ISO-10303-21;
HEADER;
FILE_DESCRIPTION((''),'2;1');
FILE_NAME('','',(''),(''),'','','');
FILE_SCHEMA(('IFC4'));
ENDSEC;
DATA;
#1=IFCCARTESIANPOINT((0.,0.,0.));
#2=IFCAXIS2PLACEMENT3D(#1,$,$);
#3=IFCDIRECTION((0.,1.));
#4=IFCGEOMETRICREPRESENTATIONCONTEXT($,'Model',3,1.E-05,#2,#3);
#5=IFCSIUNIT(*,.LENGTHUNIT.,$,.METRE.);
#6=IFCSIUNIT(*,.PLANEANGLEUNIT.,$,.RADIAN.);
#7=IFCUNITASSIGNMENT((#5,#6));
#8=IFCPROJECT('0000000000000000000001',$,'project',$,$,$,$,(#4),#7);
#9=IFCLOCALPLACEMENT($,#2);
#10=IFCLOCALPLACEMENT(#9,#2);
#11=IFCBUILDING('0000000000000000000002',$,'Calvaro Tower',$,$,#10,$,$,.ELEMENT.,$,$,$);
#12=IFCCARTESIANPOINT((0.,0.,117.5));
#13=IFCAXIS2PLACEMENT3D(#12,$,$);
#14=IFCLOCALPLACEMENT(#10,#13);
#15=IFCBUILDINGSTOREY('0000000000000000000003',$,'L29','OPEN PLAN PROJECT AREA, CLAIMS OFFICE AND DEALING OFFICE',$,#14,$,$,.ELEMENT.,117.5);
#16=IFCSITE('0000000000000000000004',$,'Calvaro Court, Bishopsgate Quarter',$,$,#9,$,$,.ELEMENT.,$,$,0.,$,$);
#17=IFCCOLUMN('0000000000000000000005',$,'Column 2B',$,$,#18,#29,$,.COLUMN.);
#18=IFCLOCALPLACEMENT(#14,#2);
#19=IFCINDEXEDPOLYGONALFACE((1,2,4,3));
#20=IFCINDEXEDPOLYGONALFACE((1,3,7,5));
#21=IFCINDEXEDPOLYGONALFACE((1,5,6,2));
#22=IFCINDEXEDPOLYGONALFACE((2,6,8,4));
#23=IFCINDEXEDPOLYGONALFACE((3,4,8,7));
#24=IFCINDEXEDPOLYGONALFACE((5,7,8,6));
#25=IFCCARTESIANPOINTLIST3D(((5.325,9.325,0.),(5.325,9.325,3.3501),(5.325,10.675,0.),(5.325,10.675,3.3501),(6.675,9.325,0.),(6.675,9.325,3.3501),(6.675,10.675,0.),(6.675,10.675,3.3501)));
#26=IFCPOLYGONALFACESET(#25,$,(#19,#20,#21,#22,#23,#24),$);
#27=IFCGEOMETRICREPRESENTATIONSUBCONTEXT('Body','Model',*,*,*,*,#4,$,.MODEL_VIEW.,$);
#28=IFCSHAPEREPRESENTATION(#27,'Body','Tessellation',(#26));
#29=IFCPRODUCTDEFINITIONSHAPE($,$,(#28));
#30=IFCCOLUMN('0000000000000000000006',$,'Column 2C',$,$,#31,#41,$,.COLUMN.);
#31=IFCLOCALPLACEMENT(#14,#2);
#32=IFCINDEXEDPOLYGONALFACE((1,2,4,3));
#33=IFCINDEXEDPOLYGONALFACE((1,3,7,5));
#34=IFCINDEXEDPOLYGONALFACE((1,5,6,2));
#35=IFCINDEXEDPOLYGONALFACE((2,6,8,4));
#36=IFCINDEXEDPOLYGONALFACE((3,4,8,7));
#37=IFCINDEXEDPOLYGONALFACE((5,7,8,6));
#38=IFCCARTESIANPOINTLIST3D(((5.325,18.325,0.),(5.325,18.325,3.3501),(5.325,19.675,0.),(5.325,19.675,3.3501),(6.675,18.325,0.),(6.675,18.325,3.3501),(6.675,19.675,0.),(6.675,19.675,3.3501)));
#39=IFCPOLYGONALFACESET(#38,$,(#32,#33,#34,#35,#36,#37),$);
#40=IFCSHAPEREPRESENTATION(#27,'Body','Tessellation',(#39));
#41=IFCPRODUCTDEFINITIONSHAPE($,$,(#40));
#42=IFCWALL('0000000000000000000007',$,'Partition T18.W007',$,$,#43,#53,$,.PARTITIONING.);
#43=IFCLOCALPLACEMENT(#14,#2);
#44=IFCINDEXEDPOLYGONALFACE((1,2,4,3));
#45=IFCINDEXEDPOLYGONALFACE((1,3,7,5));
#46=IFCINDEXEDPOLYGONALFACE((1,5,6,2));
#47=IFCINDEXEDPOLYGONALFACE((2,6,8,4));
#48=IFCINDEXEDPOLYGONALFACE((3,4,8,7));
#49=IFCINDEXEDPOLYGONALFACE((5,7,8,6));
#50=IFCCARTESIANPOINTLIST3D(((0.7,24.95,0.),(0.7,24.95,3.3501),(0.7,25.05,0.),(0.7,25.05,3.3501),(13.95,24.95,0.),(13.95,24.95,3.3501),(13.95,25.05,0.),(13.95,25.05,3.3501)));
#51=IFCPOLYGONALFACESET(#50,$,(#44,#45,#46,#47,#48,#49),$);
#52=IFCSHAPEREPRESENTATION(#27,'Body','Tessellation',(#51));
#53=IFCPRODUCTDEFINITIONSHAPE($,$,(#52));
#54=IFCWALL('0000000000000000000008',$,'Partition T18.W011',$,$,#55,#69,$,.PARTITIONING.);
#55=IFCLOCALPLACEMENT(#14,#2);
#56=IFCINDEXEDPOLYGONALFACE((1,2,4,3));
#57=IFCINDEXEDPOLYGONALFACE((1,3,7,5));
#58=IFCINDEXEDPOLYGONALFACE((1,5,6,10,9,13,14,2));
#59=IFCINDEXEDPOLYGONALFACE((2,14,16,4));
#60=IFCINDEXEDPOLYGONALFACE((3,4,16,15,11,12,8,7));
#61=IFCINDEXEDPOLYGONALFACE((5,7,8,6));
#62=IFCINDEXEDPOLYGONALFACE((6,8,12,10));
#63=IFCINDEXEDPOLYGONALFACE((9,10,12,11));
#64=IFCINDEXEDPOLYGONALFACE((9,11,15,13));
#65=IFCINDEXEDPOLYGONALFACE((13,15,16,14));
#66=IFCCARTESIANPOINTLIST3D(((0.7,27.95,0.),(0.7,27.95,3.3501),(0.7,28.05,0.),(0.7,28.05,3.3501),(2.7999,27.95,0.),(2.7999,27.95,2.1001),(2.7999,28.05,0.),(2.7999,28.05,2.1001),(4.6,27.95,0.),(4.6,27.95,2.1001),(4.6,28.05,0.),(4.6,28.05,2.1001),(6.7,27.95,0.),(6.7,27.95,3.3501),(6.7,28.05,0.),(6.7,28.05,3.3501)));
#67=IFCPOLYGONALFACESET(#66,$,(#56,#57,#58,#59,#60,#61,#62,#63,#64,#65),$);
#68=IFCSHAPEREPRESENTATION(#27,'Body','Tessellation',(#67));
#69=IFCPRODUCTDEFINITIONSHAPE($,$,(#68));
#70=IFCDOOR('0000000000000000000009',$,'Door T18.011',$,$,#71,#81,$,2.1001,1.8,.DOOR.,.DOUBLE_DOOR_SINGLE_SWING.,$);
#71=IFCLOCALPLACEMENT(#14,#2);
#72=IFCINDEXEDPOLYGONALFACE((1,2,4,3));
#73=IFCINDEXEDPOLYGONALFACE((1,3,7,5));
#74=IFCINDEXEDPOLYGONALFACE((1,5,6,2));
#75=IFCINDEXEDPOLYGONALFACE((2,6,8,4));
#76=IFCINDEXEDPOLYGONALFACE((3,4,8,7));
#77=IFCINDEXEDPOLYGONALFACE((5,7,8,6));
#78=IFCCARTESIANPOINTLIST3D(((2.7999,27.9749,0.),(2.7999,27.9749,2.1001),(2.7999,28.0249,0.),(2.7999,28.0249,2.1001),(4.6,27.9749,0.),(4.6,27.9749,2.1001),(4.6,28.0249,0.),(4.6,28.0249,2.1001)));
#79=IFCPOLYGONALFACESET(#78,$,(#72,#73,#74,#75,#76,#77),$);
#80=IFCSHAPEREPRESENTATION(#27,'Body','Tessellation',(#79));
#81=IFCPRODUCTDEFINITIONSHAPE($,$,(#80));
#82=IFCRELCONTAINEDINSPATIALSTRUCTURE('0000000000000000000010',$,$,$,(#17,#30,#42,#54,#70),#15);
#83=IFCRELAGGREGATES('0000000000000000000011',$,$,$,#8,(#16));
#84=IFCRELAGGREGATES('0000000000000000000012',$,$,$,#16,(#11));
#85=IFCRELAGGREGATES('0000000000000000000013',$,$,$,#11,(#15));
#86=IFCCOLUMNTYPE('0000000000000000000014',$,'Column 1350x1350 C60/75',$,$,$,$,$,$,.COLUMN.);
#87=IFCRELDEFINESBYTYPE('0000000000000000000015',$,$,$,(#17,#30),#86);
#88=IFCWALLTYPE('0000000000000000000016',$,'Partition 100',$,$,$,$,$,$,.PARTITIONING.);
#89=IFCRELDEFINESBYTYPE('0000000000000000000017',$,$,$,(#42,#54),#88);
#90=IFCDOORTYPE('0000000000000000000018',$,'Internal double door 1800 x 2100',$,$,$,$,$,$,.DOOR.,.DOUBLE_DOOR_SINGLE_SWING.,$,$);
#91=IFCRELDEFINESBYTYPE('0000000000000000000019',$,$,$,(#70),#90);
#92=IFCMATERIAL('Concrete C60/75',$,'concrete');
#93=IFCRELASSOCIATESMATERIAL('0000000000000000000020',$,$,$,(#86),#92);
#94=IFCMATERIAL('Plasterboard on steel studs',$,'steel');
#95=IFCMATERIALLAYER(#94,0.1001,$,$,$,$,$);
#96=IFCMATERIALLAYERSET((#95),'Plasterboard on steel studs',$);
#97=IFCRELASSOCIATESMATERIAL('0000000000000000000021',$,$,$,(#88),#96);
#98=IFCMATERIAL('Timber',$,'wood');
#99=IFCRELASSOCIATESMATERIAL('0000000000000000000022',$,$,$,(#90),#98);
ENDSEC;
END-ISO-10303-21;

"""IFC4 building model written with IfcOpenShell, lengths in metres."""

from ifc_helpers import new_model, si_unit, direction, frame, frame_2d, origin, origin_2d, place, context, subcontext, project, spatial, rectangle, extrude, material, layer, layer_set, material_profile, profile_set, type_object, element, fill, save


model = new_model("IFC4")

# Units and contexts
model_context = context("Model", 3, precision=1e-05, world=origin(), true_north=direction((0.0, 1.0)))
body_context = subcontext(model_context, "Body", "Model", "MODEL_VIEW")
ifc_project = project(units=[si_unit("LENGTHUNIT", "METRE"), si_unit("PLANEANGLEUNIT", "RADIAN")], contexts=[model_context])

# Site, building, storey
site_placement = place(None, origin())
site = spatial("IfcSite", under=ifc_project, at=site_placement, Name="Calvaro Court, Bishopsgate Quarter", CompositionType="ELEMENT", RefElevation=0.0)
building_placement = place(site_placement, origin())
building = spatial("IfcBuilding", under=site, at=building_placement, Name="Calvaro Tower", CompositionType="ELEMENT")
storey_placement = place(building_placement, frame((0.0, 0.0, 117.5)))
storey = spatial("IfcBuildingStorey", under=building, at=storey_placement, Name="L29", Description="OPEN PLAN PROJECT AREA, CLAIMS OFFICE AND DEALING OFFICE", CompositionType="ELEMENT", Elevation=117.5)

# Columns
ifc_material_1 = material(Name="Concrete C60/75", Category="concrete")
ifc_material_profile = material_profile(ifc_material_1, rectangle(XDim=1.3501, YDim=1.3501, at=origin_2d()), Name="RC 1350x1350")
ifc_profile_set = profile_set([ifc_material_profile], Name="Concrete C60/75")
column_type = type_object("IfcColumnType", Name="Column 1350x1350 C60/75", PredefinedType="COLUMN", material=ifc_profile_set)
for number, where, z_axis, x_axis, name in (
    (1, (6.0, 10.0, 0.0), (0.0, 0.0, 1.0), (1.0, 0.0, 0.0), "Column 2B"),
    (2, (6.0, 19.0, 0.0), (0.0, 0.0, 1.0), (1.0, 0.0, 0.0), "Column 2C"),
):
    element("IfcColumn", number, at=place(storey_placement, frame(where, z_axis=z_axis, x_axis=x_axis)), inside=storey, type_object=column_type, Name=name, PredefinedType="COLUMN", context=body_context, shape_type="SweptSolid", body=[
        extrude(rectangle(XDim=1.3501, YDim=1.3501, at=origin_2d()), origin(), (0.0, 0.0, 1.0), 3.3501),
    ])

# Wall
ifc_material_2 = material(Name="Plasterboard on steel studs", Category="steel")
ifc_layer_1 = layer(ifc_material_2, 0.1001)
ifc_layer_set_1 = layer_set([ifc_layer_1], Name="Plasterboard on steel studs")
wall_type_1 = type_object("IfcWallType", Name="Partition 100", PredefinedType="PARTITIONING", material=ifc_layer_set_1)
wall_1_placement = place(storey_placement, frame((0.7, 25.0, 0.0), z_axis=(0.0, 0.0, 1.0), x_axis=(1.0, 0.0, 0.0)))
element("IfcWall", 3, at=wall_1_placement, inside=storey, type_object=wall_type_1, Name="Partition T18.W007", PredefinedType="PARTITIONING", context=body_context, shape_type="SweptSolid", body=[
    extrude(rectangle(XDim=13.25, YDim=0.1001, at=frame_2d((6.625, 0.0))), origin(), (0.0, 0.0, 1.0), 3.3501),
])

# Wall, opening, door
wall_2_placement = place(storey_placement, frame((0.7, 28.0, 0.0), z_axis=(0.0, 0.0, 1.0), x_axis=(1.0, 0.0, 0.0)))
wall_2 = element("IfcWall", 4, at=wall_2_placement, inside=storey, type_object=wall_type_1, Name="Partition T18.W011", PredefinedType="PARTITIONING", context=body_context, shape_type="SweptSolid", body=[
    extrude(rectangle(XDim=6.0, YDim=0.1001, at=frame_2d((3.0, 0.0))), origin(), (0.0, 0.0, 1.0), 3.3501),
])
opening_1_placement = place(wall_2_placement, frame((2.1001, 0.0, 0.0)))
opening_1 = element("IfcOpeningElement", 5, at=opening_1_placement, cuts=wall_2, PredefinedType="OPENING", context=body_context, shape_type="SweptSolid", body=[
    extrude(rectangle(XDim=1.8, YDim=2.1001, at=frame_2d((0.8999, 1.05))), frame((0.0, 0.0601, 0.0), z_axis=(0.0, -1.0, 0.0), x_axis=(1.0, 0.0, 0.0)), (0.0, 0.0, 1.0), 0.1201),
])
ifc_material_3 = material(Name="Timber", Category="wood")
door_type_1 = type_object("IfcDoorType", Name="Internal double door 1800 x 2100", OperationType="DOUBLE_DOOR_SINGLE_SWING", PredefinedType="DOOR", material=ifc_material_3)
door_1_placement = place(opening_1_placement, origin())
door_1 = element("IfcDoor", 6, at=door_1_placement, inside=storey, type_object=door_type_1, Name="Door T18.011", OperationType="DOUBLE_DOOR_SINGLE_SWING", OverallHeight=2.1001, OverallWidth=1.8, PredefinedType="DOOR", context=body_context, shape_type="SweptSolid", body=[
    extrude(rectangle(XDim=1.8, YDim=2.1001, at=frame_2d((0.8999, 1.05))), frame((0.0, 0.0249, 0.0), z_axis=(0.0, -1.0, 0.0), x_axis=(1.0, 0.0, 0.0)), (0.0, 0.0, 1.0), 0.05),
])
fill(opening_1, door_1)

save(model, "model.ifc")
